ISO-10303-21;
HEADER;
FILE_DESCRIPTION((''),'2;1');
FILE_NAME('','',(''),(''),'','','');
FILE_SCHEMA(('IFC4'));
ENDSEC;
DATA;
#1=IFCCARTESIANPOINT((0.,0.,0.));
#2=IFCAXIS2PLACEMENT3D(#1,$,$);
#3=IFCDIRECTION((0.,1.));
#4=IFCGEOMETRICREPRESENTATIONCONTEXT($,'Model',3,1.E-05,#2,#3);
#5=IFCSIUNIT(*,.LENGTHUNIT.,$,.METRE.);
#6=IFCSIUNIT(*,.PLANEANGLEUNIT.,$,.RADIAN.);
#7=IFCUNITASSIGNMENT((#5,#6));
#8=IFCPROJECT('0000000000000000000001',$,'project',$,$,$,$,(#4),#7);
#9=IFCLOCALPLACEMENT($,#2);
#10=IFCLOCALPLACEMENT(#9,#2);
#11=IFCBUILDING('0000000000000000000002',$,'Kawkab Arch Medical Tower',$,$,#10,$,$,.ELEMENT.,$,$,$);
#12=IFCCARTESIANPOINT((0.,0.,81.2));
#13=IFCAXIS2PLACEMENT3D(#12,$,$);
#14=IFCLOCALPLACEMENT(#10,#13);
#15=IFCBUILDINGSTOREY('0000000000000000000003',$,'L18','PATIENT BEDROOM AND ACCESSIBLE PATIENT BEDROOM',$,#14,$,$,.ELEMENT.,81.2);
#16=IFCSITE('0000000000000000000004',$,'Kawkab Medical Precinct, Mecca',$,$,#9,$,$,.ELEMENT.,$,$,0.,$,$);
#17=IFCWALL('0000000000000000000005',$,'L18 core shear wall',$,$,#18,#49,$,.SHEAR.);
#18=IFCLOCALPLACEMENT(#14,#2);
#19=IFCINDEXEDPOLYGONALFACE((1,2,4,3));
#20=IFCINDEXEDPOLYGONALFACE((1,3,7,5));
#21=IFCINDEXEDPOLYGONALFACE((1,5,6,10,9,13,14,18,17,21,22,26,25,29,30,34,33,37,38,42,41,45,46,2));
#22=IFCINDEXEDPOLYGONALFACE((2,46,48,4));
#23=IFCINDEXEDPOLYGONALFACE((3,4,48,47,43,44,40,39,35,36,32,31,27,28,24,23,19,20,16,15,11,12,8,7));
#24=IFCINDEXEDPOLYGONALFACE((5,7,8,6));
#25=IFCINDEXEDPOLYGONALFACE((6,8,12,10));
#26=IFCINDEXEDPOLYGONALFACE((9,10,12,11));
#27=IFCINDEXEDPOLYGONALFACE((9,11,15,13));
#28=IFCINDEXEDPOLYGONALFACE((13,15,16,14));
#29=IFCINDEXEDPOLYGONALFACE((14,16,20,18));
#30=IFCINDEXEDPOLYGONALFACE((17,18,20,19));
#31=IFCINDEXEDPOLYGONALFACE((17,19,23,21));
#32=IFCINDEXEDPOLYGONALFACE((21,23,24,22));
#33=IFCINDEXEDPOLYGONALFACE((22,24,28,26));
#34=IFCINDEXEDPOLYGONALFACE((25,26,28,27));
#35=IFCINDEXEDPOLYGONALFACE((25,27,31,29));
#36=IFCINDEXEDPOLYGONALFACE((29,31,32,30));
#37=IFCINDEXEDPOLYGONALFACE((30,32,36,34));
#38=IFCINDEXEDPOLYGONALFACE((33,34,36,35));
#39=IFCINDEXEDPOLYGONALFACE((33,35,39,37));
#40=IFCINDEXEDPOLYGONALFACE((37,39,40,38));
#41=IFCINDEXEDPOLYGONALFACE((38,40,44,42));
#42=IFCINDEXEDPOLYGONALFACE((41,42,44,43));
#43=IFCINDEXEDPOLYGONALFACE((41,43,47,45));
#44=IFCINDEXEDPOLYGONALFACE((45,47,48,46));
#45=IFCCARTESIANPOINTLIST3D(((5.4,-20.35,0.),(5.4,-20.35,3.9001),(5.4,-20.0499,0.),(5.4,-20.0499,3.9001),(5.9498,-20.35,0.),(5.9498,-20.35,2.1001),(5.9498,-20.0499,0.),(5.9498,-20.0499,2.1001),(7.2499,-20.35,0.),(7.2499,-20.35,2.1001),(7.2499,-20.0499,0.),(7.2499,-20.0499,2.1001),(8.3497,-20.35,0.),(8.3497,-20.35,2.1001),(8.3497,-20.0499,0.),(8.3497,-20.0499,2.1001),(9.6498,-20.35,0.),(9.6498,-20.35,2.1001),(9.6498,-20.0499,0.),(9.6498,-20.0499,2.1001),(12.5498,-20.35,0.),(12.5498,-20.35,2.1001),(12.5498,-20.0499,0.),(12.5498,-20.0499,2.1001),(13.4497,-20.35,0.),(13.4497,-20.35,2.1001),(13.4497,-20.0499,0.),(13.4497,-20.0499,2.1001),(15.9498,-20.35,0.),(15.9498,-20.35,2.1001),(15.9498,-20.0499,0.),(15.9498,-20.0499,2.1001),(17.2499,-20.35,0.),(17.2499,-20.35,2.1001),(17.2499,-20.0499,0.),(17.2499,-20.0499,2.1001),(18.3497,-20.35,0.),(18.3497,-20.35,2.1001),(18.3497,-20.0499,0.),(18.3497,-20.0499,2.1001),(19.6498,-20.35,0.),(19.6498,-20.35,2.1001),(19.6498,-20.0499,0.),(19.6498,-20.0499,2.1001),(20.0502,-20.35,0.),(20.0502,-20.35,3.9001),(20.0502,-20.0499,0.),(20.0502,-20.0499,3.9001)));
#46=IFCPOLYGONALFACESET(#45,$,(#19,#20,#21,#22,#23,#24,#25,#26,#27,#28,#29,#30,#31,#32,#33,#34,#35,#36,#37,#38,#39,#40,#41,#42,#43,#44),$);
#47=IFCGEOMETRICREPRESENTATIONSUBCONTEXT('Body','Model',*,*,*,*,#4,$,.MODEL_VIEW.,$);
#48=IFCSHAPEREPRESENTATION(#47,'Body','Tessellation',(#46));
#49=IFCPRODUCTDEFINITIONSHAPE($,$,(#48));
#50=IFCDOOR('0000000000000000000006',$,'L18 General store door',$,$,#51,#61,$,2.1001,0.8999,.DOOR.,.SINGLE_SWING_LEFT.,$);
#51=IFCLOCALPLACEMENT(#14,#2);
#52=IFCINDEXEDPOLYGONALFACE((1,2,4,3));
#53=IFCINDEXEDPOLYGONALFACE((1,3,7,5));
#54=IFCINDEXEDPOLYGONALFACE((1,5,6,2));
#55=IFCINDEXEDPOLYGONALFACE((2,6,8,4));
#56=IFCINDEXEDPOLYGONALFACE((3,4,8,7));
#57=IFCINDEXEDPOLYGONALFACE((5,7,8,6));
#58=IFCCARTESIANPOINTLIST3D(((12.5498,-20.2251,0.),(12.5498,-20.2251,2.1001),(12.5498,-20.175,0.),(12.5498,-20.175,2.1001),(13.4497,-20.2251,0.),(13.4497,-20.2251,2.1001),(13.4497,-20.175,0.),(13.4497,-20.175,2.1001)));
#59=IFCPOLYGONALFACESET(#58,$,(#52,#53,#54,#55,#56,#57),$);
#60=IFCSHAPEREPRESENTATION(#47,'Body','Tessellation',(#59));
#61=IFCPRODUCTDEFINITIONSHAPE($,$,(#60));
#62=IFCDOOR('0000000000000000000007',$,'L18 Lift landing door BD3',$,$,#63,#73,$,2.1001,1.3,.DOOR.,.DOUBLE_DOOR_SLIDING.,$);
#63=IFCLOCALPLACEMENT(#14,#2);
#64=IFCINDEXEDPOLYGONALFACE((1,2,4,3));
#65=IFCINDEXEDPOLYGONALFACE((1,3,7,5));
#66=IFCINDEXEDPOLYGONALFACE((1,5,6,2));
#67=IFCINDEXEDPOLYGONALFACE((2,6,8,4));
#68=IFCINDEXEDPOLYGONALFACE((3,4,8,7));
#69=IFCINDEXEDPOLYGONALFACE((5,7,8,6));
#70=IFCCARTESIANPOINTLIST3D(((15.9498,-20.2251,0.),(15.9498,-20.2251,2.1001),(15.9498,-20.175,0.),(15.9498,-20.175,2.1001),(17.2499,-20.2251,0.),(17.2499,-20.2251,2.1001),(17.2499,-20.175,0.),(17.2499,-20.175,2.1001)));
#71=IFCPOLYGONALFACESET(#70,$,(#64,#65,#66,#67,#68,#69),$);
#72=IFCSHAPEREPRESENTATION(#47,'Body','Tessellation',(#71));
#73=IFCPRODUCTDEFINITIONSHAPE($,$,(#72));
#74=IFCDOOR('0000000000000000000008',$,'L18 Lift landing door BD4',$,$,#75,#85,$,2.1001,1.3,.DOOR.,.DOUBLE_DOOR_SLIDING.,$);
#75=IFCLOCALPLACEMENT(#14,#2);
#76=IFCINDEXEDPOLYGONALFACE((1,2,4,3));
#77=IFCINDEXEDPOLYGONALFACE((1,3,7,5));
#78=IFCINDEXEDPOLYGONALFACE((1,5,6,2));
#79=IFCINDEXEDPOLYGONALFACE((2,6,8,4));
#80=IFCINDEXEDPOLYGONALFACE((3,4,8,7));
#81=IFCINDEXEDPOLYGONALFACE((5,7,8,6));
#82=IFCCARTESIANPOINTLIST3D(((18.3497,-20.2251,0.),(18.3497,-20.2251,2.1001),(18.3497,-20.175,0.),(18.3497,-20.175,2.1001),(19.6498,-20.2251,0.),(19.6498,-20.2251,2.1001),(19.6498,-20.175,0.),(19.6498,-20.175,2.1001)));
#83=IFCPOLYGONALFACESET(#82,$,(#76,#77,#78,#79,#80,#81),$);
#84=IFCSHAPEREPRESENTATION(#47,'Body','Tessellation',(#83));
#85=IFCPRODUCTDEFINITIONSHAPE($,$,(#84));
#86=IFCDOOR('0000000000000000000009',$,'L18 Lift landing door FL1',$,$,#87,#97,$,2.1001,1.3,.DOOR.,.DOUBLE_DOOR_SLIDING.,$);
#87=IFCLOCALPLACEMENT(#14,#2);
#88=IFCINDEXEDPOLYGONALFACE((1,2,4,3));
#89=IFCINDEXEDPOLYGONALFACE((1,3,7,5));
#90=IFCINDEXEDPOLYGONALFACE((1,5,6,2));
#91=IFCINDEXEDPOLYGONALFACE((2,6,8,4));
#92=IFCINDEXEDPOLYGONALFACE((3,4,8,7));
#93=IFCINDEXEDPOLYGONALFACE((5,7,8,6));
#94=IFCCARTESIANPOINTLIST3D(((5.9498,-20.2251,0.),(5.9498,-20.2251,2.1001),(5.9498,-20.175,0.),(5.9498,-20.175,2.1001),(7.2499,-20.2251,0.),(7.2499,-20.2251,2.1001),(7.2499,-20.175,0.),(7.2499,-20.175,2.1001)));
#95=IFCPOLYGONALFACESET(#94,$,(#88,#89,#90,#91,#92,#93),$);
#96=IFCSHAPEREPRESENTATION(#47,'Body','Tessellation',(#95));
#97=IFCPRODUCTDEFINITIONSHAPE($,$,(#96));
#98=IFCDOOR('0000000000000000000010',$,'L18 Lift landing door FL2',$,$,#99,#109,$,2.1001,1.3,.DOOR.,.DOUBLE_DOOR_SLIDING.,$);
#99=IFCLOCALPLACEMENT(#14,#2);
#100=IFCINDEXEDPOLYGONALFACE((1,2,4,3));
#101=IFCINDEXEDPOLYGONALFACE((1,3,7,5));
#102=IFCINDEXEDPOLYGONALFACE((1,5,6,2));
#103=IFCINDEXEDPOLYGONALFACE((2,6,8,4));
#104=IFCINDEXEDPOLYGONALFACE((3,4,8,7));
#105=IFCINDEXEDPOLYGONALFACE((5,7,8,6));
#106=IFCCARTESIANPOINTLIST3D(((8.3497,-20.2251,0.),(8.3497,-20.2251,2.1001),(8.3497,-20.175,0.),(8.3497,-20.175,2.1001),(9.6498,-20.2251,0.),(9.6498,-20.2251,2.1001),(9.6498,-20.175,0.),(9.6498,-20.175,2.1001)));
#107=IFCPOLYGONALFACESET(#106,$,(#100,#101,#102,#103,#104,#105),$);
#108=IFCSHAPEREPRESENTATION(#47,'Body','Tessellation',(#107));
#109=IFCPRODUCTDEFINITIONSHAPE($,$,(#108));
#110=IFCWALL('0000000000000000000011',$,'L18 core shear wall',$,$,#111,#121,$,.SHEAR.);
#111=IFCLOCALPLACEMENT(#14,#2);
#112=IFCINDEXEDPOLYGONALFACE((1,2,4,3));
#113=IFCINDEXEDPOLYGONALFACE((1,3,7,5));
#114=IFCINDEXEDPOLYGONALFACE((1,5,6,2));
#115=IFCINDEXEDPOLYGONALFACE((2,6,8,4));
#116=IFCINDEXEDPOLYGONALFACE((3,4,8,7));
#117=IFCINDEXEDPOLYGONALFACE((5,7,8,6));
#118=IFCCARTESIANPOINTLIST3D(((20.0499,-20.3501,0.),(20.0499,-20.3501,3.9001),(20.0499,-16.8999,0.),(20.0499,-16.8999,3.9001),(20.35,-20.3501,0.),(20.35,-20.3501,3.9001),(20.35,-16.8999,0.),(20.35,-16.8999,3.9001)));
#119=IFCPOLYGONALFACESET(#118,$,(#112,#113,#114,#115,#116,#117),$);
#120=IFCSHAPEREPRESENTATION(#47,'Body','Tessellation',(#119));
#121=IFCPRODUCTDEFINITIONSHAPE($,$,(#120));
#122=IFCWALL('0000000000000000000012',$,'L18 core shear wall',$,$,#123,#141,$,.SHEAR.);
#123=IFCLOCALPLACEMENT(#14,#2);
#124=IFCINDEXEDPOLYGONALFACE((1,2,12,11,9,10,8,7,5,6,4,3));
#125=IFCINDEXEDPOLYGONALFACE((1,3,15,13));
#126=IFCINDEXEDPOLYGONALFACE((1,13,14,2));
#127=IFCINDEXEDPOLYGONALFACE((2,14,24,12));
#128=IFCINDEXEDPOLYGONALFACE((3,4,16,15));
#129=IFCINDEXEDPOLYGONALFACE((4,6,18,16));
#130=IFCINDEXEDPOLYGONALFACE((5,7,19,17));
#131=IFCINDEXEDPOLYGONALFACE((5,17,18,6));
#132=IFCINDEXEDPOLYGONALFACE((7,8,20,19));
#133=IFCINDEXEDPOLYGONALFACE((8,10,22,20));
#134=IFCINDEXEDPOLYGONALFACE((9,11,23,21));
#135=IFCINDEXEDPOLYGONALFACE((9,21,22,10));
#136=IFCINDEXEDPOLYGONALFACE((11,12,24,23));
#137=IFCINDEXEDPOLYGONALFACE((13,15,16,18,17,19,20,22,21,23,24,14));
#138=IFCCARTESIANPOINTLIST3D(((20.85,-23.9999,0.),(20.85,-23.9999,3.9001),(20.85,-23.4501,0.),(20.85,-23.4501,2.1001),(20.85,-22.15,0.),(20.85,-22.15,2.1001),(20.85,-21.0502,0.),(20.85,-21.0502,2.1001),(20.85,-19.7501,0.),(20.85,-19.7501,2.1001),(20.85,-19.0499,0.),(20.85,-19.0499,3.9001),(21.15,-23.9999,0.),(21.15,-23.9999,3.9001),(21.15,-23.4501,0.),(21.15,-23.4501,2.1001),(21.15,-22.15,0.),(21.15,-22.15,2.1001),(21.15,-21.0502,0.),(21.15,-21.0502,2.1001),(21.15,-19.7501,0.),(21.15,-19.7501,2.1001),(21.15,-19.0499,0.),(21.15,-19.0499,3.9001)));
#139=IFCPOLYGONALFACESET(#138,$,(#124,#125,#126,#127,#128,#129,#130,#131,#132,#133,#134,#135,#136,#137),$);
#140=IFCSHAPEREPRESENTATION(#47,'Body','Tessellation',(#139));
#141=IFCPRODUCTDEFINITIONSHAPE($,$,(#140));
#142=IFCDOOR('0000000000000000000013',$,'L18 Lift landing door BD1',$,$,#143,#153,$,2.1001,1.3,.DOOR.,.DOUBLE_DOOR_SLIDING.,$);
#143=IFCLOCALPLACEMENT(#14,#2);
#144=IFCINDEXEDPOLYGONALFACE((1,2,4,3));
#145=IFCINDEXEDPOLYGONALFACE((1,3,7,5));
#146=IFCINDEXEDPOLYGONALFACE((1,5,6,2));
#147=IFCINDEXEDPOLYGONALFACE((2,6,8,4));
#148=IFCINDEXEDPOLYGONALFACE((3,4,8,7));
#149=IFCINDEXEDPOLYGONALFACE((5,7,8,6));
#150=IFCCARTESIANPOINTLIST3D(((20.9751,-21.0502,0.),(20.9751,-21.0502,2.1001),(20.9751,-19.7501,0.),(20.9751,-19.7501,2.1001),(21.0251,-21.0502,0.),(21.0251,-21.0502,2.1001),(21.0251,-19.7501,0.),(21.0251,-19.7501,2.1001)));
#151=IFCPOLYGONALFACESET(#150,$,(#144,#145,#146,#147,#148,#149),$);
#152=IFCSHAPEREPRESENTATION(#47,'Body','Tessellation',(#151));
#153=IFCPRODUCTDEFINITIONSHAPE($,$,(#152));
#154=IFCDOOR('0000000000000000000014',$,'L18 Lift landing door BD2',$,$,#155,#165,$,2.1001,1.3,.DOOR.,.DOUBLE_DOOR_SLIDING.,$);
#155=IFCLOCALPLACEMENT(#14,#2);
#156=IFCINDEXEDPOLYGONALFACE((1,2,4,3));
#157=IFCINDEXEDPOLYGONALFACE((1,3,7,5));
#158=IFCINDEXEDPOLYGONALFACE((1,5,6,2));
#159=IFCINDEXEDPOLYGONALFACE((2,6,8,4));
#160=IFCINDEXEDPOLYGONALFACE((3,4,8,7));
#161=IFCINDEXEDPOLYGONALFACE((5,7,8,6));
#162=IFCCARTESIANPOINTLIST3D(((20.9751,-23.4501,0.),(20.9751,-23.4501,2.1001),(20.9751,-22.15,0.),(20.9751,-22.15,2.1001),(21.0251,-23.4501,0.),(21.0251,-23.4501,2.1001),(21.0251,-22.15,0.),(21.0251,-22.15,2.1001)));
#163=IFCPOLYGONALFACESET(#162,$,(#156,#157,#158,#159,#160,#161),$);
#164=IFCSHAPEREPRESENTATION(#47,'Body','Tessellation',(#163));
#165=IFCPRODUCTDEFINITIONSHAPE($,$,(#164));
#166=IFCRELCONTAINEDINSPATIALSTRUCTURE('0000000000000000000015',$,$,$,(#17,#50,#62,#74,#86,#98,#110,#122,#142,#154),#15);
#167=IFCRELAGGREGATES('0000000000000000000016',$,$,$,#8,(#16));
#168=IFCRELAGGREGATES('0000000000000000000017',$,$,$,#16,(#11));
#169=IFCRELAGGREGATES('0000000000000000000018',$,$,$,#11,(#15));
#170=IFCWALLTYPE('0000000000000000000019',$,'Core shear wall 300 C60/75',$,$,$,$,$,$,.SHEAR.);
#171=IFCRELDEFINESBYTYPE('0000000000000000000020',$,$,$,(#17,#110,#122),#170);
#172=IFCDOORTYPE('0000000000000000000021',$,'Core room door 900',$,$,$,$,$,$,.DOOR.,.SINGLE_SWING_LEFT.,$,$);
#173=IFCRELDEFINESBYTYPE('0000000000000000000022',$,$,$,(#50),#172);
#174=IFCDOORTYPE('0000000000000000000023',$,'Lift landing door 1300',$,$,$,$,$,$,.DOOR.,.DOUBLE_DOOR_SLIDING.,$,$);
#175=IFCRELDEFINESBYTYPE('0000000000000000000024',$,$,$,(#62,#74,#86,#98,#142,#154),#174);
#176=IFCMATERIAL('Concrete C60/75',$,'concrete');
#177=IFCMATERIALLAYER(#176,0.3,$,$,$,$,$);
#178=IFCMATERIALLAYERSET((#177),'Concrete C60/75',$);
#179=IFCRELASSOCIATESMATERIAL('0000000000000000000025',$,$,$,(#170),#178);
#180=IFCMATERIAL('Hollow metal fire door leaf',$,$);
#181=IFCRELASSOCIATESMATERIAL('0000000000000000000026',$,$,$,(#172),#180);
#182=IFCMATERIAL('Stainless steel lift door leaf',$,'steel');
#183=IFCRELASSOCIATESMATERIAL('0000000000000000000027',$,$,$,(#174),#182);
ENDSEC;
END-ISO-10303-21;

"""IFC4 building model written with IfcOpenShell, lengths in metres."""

from ifc_helpers import new_model, si_unit, direction, frame, frame_2d, origin, place, context, subcontext, project, spatial, rectangle, extrude, material, layer, layer_set, type_object, element, fill, save


model = new_model("IFC4")

# Units and contexts
model_context = context("Model", 3, precision=1e-05, world=origin(), true_north=direction((0.0, 1.0)))
body_context = subcontext(model_context, "Body", "Model", "MODEL_VIEW")
ifc_project = project(units=[si_unit("LENGTHUNIT", "METRE"), si_unit("PLANEANGLEUNIT", "RADIAN")], contexts=[model_context])

# Site, building, storey
site_placement = place(None, origin())
site = spatial("IfcSite", under=ifc_project, at=site_placement, Name="Kawkab Medical Precinct, Mecca", CompositionType="ELEMENT", RefElevation=0.0)
building_placement = place(site_placement, origin())
building = spatial("IfcBuilding", under=site, at=building_placement, Name="Kawkab Arch Medical Tower", CompositionType="ELEMENT")
storey_placement = place(building_placement, frame((0.0, 0.0, 81.2)))
storey = spatial("IfcBuildingStorey", under=building, at=storey_placement, Name="L18", Description="PATIENT BEDROOM AND ACCESSIBLE PATIENT BEDROOM", CompositionType="ELEMENT", Elevation=81.2)

# Wall, openings, doors
ifc_material_1 = material(Name="Concrete C60/75", Category="concrete")
ifc_layer_1 = layer(ifc_material_1, 0.3)
ifc_layer_set_1 = layer_set([ifc_layer_1], Name="Concrete C60/75")
wall_type_1 = type_object("IfcWallType", Name="Core shear wall 300 C60/75", PredefinedType="SHEAR", material=ifc_layer_set_1)
wall_1_placement = place(storey_placement, frame((5.3999, -20.2, 0.0), z_axis=(0.0, 0.0, 1.0), x_axis=(1.0, 0.0, 0.0)))
wall_1 = element("IfcWall", 1, at=wall_1_placement, inside=storey, type_object=wall_type_1, Name="L18 core shear wall", PredefinedType="SHEAR", context=body_context, shape_type="SweptSolid", body=[
    extrude(rectangle(XDim=14.6501, YDim=0.3, at=frame_2d((7.3252, 0.0))), origin(), (0.0, 0.0, 1.0), 3.9001),
])
opening_1_placement = place(wall_1_placement, frame((10.55, 0.0, 0.0)))
opening_1 = element("IfcOpeningElement", 2, at=opening_1_placement, cuts=wall_1, PredefinedType="OPENING", context=body_context, shape_type="SweptSolid", body=[
    extrude(rectangle(XDim=1.3, YDim=2.1001, at=frame_2d((0.6499, 1.05))), frame((0.0, 0.1599, 0.0), z_axis=(0.0, -1.0, 0.0), x_axis=(1.0, 0.0, 0.0)), (0.0, 0.0, 1.0), 0.3201),
])
opening_2_placement = place(wall_1_placement, frame((12.95, 0.0, 0.0)))
opening_2 = element("IfcOpeningElement", 3, at=opening_2_placement, cuts=wall_1, PredefinedType="OPENING", context=body_context, shape_type="SweptSolid", body=[
    extrude(rectangle(XDim=1.3, YDim=2.1001, at=frame_2d((0.6499, 1.05))), frame((0.0, 0.1599, 0.0), z_axis=(0.0, -1.0, 0.0), x_axis=(1.0, 0.0, 0.0)), (0.0, 0.0, 1.0), 0.3201),
])
opening_3_placement = place(wall_1_placement, frame((0.55, 0.0, 0.0)))
opening_3 = element("IfcOpeningElement", 4, at=opening_3_placement, cuts=wall_1, PredefinedType="OPENING", context=body_context, shape_type="SweptSolid", body=[
    extrude(rectangle(XDim=1.3, YDim=2.1001, at=frame_2d((0.6499, 1.05))), frame((0.0, 0.1599, 0.0), z_axis=(0.0, -1.0, 0.0), x_axis=(1.0, 0.0, 0.0)), (0.0, 0.0, 1.0), 0.3201),
])
opening_4_placement = place(wall_1_placement, frame((2.95, 0.0, 0.0)))
opening_4 = element("IfcOpeningElement", 5, at=opening_4_placement, cuts=wall_1, PredefinedType="OPENING", context=body_context, shape_type="SweptSolid", body=[
    extrude(rectangle(XDim=1.3, YDim=2.1001, at=frame_2d((0.6499, 1.05))), frame((0.0, 0.1599, 0.0), z_axis=(0.0, -1.0, 0.0), x_axis=(1.0, 0.0, 0.0)), (0.0, 0.0, 1.0), 0.3201),
])
opening_5_placement = place(wall_1_placement, frame((7.1499, 0.0, 0.0)))
opening_5 = element("IfcOpeningElement", 6, at=opening_5_placement, cuts=wall_1, PredefinedType="OPENING", context=body_context, shape_type="SweptSolid", body=[
    extrude(rectangle(XDim=0.8999, YDim=2.1001, at=frame_2d((0.45, 1.05))), frame((0.0, 0.1599, 0.0), z_axis=(0.0, -1.0, 0.0), x_axis=(1.0, 0.0, 0.0)), (0.0, 0.0, 1.0), 0.3201),
])
ifc_material_2 = material(Name="Hollow metal fire door leaf")
door_type_1 = type_object("IfcDoorType", Name="Core room door 900", OperationType="SINGLE_SWING_LEFT", PredefinedType="DOOR", material=ifc_material_2)
door_1_placement = place(opening_5_placement, origin())
door_1 = element("IfcDoor", 7, at=door_1_placement, inside=storey, type_object=door_type_1, Name="L18 General store door", OperationType="SINGLE_SWING_LEFT", OverallHeight=2.1001, OverallWidth=0.8999, PredefinedType="DOOR", context=body_context, shape_type="SweptSolid", body=[
    extrude(rectangle(XDim=0.8999, YDim=2.1001, at=frame_2d((0.45, 1.05))), frame((0.0, 0.0249, 0.0), z_axis=(0.0, -1.0, 0.0), x_axis=(1.0, 0.0, 0.0)), (0.0, 0.0, 1.0), 0.05),
])
fill(opening_5, door_1)
ifc_material_3 = material(Name="Stainless steel lift door leaf", Category="steel")
door_type_2 = type_object("IfcDoorType", Name="Lift landing door 1300", OperationType="DOUBLE_DOOR_SLIDING", PredefinedType="DOOR", material=ifc_material_3)
door_2_placement = place(opening_1_placement, origin())
door_2 = element("IfcDoor", 8, at=door_2_placement, inside=storey, type_object=door_type_2, Name="L18 Lift landing door BD3", OperationType="DOUBLE_DOOR_SLIDING", OverallHeight=2.1001, OverallWidth=1.3, PredefinedType="DOOR", context=body_context, shape_type="SweptSolid", body=[
    extrude(rectangle(XDim=1.3, YDim=2.1001, at=frame_2d((0.6499, 1.05))), frame((0.0, 0.0249, 0.0), z_axis=(0.0, -1.0, 0.0), x_axis=(1.0, 0.0, 0.0)), (0.0, 0.0, 1.0), 0.05),
])
fill(opening_1, door_2)
door_3_placement = place(opening_2_placement, origin())
door_3 = element("IfcDoor", 9, at=door_3_placement, inside=storey, type_object=door_type_2, Name="L18 Lift landing door BD4", OperationType="DOUBLE_DOOR_SLIDING", OverallHeight=2.1001, OverallWidth=1.3, PredefinedType="DOOR", context=body_context, shape_type="SweptSolid", body=[
    extrude(rectangle(XDim=1.3, YDim=2.1001, at=frame_2d((0.6499, 1.05))), frame((0.0, 0.0249, 0.0), z_axis=(0.0, -1.0, 0.0), x_axis=(1.0, 0.0, 0.0)), (0.0, 0.0, 1.0), 0.05),
])
fill(opening_2, door_3)
door_4_placement = place(opening_3_placement, origin())
door_4 = element("IfcDoor", 10, at=door_4_placement, inside=storey, type_object=door_type_2, Name="L18 Lift landing door FL1", OperationType="DOUBLE_DOOR_SLIDING", OverallHeight=2.1001, OverallWidth=1.3, PredefinedType="DOOR", context=body_context, shape_type="SweptSolid", body=[
    extrude(rectangle(XDim=1.3, YDim=2.1001, at=frame_2d((0.6499, 1.05))), frame((0.0, 0.0249, 0.0), z_axis=(0.0, -1.0, 0.0), x_axis=(1.0, 0.0, 0.0)), (0.0, 0.0, 1.0), 0.05),
])
fill(opening_3, door_4)
door_5_placement = place(opening_4_placement, origin())
door_5 = element("IfcDoor", 11, at=door_5_placement, inside=storey, type_object=door_type_2, Name="L18 Lift landing door FL2", OperationType="DOUBLE_DOOR_SLIDING", OverallHeight=2.1001, OverallWidth=1.3, PredefinedType="DOOR", context=body_context, shape_type="SweptSolid", body=[
    extrude(rectangle(XDim=1.3, YDim=2.1001, at=frame_2d((0.6499, 1.05))), frame((0.0, 0.0249, 0.0), z_axis=(0.0, -1.0, 0.0), x_axis=(1.0, 0.0, 0.0)), (0.0, 0.0, 1.0), 0.05),
])
fill(opening_4, door_5)

# Wall
wall_2_placement = place(storey_placement, frame((20.2, -20.3501, 0.0), z_axis=(0.0, 0.0, 1.0), x_axis=(0.0, 1.0, 0.0)))
element("IfcWall", 12, at=wall_2_placement, inside=storey, type_object=wall_type_1, Name="L18 core shear wall", PredefinedType="SHEAR", context=body_context, shape_type="SweptSolid", body=[
    extrude(rectangle(XDim=3.4502, YDim=0.3, at=frame_2d((1.7251, 0.0))), origin(), (0.0, 0.0, 1.0), 3.9001),
])

# Wall, openings, doors
wall_3_placement = place(storey_placement, frame((21.0, -24.0, 0.0), z_axis=(0.0, 0.0, 1.0), x_axis=(0.0, 1.0, 0.0)))
wall_3 = element("IfcWall", 13, at=wall_3_placement, inside=storey, type_object=wall_type_1, Name="L18 core shear wall", PredefinedType="SHEAR", context=body_context, shape_type="SweptSolid", body=[
    extrude(rectangle(XDim=4.95, YDim=0.3, at=frame_2d((2.4751, 0.0))), origin(), (0.0, 0.0, 1.0), 3.9001),
])
opening_6_placement = place(wall_3_placement, frame((2.95, 0.0, 0.0)))
opening_6 = element("IfcOpeningElement", 14, at=opening_6_placement, cuts=wall_3, PredefinedType="OPENING", context=body_context, shape_type="SweptSolid", body=[
    extrude(rectangle(XDim=1.3, YDim=2.1001, at=frame_2d((0.6499, 1.05))), frame((0.0, 0.1599, 0.0), z_axis=(0.0, -1.0, 0.0), x_axis=(1.0, 0.0, 0.0)), (0.0, 0.0, 1.0), 0.3201),
])
opening_7_placement = place(wall_3_placement, frame((0.55, 0.0, 0.0)))
opening_7 = element("IfcOpeningElement", 15, at=opening_7_placement, cuts=wall_3, PredefinedType="OPENING", context=body_context, shape_type="SweptSolid", body=[
    extrude(rectangle(XDim=1.3, YDim=2.1001, at=frame_2d((0.6499, 1.05))), frame((0.0, 0.1599, 0.0), z_axis=(0.0, -1.0, 0.0), x_axis=(1.0, 0.0, 0.0)), (0.0, 0.0, 1.0), 0.3201),
])
door_6_placement = place(opening_6_placement, origin())
door_6 = element("IfcDoor", 16, at=door_6_placement, inside=storey, type_object=door_type_2, Name="L18 Lift landing door BD1", OperationType="DOUBLE_DOOR_SLIDING", OverallHeight=2.1001, OverallWidth=1.3, PredefinedType="DOOR", context=body_context, shape_type="SweptSolid", body=[
    extrude(rectangle(XDim=1.3, YDim=2.1001, at=frame_2d((0.6499, 1.05))), frame((0.0, 0.0249, 0.0), z_axis=(0.0, -1.0, 0.0), x_axis=(1.0, 0.0, 0.0)), (0.0, 0.0, 1.0), 0.05),
])
fill(opening_6, door_6)
door_7_placement = place(opening_7_placement, origin())
door_7 = element("IfcDoor", 17, at=door_7_placement, inside=storey, type_object=door_type_2, Name="L18 Lift landing door BD2", OperationType="DOUBLE_DOOR_SLIDING", OverallHeight=2.1001, OverallWidth=1.3, PredefinedType="DOOR", context=body_context, shape_type="SweptSolid", body=[
    extrude(rectangle(XDim=1.3, YDim=2.1001, at=frame_2d((0.6499, 1.05))), frame((0.0, 0.0249, 0.0), z_axis=(0.0, -1.0, 0.0), x_axis=(1.0, 0.0, 0.0)), (0.0, 0.0, 1.0), 0.05),
])
fill(opening_7, door_7)

save(model, "model.ifc")
